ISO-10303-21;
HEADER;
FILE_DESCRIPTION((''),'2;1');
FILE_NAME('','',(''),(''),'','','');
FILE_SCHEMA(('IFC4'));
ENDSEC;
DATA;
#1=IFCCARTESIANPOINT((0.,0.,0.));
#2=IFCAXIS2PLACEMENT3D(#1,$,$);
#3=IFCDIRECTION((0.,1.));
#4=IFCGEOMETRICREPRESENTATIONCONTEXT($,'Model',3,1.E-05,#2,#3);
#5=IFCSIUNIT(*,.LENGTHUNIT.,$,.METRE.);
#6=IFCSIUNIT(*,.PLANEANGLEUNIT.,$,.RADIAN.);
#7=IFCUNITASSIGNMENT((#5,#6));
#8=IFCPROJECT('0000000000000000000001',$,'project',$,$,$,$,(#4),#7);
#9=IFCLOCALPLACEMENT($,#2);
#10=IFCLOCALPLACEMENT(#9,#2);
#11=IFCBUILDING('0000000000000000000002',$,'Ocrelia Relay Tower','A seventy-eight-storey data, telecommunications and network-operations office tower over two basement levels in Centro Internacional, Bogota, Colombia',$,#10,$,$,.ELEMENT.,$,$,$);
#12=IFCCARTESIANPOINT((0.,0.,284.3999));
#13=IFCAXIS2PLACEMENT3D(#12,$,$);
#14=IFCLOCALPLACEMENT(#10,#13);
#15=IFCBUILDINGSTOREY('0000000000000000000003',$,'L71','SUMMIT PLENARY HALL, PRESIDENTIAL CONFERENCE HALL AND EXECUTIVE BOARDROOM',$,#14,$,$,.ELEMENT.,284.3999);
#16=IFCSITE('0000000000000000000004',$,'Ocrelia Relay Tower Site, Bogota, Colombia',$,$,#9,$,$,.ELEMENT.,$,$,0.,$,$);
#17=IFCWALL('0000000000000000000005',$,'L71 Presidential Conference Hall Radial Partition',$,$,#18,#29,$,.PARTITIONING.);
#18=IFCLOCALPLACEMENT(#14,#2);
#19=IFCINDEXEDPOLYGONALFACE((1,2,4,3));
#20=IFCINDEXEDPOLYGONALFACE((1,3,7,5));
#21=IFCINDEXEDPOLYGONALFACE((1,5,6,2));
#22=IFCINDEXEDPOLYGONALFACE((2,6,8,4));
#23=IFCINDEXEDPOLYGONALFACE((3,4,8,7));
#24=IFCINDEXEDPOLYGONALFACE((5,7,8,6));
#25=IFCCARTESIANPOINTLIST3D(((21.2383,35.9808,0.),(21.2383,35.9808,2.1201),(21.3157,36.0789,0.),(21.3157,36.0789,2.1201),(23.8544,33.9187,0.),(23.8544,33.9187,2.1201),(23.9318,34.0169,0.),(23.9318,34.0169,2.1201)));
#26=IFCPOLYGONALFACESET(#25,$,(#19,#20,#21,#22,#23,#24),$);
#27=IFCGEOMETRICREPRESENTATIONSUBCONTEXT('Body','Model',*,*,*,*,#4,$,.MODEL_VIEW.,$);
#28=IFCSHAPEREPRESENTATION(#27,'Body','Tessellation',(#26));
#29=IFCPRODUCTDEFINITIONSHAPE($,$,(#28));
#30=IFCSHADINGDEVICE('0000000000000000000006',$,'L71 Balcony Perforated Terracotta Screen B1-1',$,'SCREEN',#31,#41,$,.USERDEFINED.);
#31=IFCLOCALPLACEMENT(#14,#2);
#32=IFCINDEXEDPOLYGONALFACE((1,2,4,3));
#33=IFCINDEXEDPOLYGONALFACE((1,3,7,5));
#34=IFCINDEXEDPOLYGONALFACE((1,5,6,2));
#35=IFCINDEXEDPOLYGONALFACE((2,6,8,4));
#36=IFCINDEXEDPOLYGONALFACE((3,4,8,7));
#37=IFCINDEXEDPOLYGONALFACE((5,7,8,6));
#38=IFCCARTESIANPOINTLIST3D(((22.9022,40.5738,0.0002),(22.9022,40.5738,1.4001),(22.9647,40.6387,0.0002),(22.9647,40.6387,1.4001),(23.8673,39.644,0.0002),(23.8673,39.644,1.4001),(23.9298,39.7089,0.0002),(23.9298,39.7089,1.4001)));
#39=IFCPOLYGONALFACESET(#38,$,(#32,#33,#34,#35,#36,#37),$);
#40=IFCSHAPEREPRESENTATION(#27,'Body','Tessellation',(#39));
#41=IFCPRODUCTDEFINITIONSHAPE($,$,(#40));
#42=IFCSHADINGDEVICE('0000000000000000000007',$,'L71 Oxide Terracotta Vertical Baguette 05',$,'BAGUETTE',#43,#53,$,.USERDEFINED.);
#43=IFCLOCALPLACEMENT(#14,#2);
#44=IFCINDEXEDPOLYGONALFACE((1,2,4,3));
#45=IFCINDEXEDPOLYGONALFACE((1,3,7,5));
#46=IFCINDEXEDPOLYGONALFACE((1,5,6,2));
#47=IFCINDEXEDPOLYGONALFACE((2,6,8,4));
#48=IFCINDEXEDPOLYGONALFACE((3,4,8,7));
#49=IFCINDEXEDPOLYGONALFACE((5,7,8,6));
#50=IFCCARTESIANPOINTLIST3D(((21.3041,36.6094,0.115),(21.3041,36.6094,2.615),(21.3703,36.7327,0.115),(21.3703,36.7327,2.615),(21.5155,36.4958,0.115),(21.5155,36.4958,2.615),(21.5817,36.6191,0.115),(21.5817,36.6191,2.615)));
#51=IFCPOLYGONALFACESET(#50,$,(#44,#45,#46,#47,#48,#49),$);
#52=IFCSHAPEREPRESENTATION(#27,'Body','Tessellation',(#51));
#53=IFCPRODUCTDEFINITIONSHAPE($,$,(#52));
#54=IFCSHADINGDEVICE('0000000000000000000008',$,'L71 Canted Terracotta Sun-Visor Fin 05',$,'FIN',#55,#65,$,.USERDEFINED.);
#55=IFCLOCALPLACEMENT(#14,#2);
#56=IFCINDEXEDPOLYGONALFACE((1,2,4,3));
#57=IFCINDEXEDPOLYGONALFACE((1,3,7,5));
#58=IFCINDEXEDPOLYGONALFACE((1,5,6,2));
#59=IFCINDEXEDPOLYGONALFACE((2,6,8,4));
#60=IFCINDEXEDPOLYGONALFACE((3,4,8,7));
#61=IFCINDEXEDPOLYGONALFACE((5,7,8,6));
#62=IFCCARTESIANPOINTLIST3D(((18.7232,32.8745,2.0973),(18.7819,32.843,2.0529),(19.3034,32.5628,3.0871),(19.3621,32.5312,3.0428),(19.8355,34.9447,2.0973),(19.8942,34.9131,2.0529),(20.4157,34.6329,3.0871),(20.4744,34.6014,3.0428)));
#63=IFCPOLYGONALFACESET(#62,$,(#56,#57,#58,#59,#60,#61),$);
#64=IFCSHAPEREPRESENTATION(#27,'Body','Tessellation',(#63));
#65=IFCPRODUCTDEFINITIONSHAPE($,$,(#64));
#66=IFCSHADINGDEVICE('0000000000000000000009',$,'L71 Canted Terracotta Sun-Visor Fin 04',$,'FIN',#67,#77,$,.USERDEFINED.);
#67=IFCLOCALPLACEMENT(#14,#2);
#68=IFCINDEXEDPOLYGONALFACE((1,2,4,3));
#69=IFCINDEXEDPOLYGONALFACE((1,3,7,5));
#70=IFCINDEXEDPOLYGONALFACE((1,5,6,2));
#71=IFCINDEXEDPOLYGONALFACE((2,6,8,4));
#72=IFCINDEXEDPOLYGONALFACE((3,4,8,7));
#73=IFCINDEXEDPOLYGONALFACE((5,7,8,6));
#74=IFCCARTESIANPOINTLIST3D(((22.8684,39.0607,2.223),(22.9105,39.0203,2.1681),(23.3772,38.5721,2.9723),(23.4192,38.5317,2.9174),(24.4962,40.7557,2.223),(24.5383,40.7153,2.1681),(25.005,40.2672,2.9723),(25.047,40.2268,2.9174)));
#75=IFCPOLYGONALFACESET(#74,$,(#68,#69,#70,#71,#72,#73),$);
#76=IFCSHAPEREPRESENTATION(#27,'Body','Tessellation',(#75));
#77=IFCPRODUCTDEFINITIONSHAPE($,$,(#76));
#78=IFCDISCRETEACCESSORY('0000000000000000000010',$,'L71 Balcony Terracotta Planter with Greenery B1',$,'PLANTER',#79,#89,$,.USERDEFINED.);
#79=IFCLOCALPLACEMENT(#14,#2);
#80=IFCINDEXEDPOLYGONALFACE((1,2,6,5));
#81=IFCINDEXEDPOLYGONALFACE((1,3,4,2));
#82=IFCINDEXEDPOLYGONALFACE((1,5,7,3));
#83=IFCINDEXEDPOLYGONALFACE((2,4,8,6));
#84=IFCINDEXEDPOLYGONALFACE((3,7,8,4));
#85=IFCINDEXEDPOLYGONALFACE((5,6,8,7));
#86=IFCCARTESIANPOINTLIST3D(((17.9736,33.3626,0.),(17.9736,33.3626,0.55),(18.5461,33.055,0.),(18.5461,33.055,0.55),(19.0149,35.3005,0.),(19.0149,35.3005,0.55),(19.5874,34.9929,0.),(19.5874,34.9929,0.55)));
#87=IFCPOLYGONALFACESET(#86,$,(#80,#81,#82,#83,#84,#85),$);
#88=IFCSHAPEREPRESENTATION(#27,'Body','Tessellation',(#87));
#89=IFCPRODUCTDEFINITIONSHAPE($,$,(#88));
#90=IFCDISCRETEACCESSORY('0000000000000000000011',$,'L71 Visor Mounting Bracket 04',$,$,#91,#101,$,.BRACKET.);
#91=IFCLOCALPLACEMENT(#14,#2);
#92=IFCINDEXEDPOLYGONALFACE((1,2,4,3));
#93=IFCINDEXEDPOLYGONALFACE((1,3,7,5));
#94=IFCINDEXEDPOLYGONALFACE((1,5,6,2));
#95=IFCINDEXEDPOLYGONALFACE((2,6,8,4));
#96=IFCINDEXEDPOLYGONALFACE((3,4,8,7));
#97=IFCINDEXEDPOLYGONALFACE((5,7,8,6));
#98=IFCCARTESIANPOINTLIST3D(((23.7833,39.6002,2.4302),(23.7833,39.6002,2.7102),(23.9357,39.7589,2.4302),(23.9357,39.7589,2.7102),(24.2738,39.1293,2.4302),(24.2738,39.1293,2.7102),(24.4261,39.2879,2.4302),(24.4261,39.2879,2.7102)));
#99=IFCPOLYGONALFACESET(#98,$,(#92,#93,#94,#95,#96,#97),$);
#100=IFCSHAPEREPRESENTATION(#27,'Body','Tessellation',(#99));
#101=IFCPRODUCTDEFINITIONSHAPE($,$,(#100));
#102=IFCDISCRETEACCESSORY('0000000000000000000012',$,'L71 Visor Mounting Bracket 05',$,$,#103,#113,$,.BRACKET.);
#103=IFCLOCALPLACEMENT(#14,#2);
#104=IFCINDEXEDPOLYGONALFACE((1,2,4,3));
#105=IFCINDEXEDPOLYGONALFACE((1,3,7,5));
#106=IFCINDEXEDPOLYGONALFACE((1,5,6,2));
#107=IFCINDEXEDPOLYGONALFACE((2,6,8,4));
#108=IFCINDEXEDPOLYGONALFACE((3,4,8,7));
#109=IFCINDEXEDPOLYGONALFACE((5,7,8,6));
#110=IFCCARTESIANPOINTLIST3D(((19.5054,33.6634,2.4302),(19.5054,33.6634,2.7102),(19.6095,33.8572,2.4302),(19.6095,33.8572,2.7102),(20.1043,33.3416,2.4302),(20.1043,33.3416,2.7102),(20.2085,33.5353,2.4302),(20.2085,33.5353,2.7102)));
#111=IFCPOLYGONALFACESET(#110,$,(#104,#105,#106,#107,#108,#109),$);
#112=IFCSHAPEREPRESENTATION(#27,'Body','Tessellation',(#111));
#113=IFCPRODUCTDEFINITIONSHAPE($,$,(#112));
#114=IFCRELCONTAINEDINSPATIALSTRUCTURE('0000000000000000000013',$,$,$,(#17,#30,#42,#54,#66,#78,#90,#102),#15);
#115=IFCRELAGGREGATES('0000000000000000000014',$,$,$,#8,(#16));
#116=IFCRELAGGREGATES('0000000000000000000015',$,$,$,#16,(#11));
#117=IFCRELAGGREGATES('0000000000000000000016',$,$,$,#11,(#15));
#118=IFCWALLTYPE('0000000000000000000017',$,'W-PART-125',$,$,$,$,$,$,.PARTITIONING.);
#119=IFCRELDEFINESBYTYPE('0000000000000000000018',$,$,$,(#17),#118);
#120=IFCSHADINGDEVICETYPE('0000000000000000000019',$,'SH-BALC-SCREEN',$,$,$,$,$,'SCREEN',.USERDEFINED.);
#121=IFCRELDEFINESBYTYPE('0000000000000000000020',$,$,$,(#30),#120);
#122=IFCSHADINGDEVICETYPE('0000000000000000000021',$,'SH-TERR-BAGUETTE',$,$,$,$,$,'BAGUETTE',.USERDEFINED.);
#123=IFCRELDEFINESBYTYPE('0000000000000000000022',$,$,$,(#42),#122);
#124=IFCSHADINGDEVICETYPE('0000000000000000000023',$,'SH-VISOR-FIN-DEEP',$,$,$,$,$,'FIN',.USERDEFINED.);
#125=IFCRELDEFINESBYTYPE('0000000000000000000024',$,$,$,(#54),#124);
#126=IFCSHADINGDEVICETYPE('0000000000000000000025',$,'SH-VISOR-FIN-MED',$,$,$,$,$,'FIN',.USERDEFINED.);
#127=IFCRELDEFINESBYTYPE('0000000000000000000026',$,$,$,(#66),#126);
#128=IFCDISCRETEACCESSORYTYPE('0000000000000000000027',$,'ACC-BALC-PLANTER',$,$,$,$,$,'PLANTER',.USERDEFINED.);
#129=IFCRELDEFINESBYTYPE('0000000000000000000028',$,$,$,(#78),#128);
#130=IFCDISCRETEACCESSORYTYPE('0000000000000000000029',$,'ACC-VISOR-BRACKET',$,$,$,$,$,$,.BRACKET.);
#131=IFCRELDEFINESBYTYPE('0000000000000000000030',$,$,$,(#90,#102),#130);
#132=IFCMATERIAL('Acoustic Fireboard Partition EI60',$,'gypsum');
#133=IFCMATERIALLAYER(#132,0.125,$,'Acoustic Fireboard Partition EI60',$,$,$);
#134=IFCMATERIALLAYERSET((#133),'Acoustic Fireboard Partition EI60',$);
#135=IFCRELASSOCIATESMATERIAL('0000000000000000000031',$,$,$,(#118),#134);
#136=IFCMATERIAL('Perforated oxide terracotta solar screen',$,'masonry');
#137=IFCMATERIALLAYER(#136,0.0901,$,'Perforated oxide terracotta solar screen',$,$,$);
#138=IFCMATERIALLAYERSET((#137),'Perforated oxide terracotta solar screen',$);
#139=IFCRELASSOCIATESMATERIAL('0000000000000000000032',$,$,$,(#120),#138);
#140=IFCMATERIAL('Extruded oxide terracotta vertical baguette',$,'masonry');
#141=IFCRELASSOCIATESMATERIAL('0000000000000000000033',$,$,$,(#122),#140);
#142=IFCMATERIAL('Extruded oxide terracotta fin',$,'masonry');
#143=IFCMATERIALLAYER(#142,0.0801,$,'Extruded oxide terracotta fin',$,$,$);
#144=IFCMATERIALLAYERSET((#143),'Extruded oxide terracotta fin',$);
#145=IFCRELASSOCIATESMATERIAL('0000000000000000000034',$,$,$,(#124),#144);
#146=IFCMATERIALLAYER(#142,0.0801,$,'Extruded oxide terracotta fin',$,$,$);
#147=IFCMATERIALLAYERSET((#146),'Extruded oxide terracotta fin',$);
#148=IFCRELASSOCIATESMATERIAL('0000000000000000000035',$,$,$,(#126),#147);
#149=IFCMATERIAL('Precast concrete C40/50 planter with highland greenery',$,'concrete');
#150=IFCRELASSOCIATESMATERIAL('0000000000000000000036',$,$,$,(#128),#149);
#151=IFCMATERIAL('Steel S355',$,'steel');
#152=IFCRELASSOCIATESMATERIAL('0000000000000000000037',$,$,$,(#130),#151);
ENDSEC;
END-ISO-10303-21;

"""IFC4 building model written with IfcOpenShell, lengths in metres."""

from ifc_helpers import new_model, si_unit, direction, frame, frame_2d, origin, origin_2d, place, context, subcontext, project, spatial, rectangle, extrude, material, layer, layer_set, type_object, element, save


model = new_model("IFC4")

# Units and contexts
model_context = context("Model", 3, precision=1e-05, world=origin(), true_north=direction((0.0, 1.0)))
body_context = subcontext(model_context, "Body", "Model", "MODEL_VIEW")
ifc_project = project(units=[si_unit("LENGTHUNIT", "METRE"), si_unit("PLANEANGLEUNIT", "RADIAN")], contexts=[model_context])

# Site, building, storey
site_placement = place(None, origin())
site = spatial("IfcSite", under=ifc_project, at=site_placement, Name="Ocrelia Relay Tower Site, Bogota, Colombia", CompositionType="ELEMENT", RefElevation=0.0)
building_placement = place(site_placement, origin())
building = spatial("IfcBuilding", under=site, at=building_placement, Name="Ocrelia Relay Tower", Description="A seventy-eight-storey data, telecommunications and network-operations office tower over two basement levels in Centro Internacional, Bogota, Colombia", CompositionType="ELEMENT")
storey_placement = place(building_placement, frame((0.0, 0.0, 284.3999)))
storey = spatial("IfcBuildingStorey", under=building, at=storey_placement, Name="L71", Description="SUMMIT PLENARY HALL, PRESIDENTIAL CONFERENCE HALL AND EXECUTIVE BOARDROOM", CompositionType="ELEMENT", Elevation=284.3999)

# Shared definitions
ifc_material_1 = material(Name="Steel S355", Category="steel")

# Wall
ifc_material_2 = material(Name="Acoustic Fireboard Partition EI60", Category="gypsum")
ifc_layer_1 = layer(ifc_material_2, 0.125, Name="Acoustic Fireboard Partition EI60")
ifc_layer_set_1 = layer_set([ifc_layer_1], Name="Acoustic Fireboard Partition EI60")
wall_type_1 = type_object("IfcWallType", Name="W-PART-125", PredefinedType="PARTITIONING", material=ifc_layer_set_1)
wall_1_placement = place(storey_placement, frame((23.8931, 33.9678, 0.0), z_axis=(0.0, 0.0, 1.0), x_axis=(-0.785353, 0.619048, 0.0)))
element("IfcWall", 1, at=wall_1_placement, inside=storey, type_object=wall_type_1, Name="L71 Presidential Conference Hall Radial Partition", PredefinedType="PARTITIONING", context=body_context, shape_type="SweptSolid", body=[
    extrude(rectangle(XDim=3.3311, YDim=0.125, at=frame_2d((1.6655, 0.0))), origin(), (0.0, 0.0, 1.0), 2.1201),
])

# Shading devices
ifc_material_3 = material(Name="Perforated oxide terracotta solar screen", Category="masonry")
ifc_layer_2 = layer(ifc_material_3, 0.0901, Name="Perforated oxide terracotta solar screen")
ifc_layer_set_2 = layer_set([ifc_layer_2], Name="Perforated oxide terracotta solar screen")
shading_device_type_1 = type_object("IfcShadingDeviceType", Name="SH-BALC-SCREEN", ElementType="SCREEN", PredefinedType="USERDEFINED", material=ifc_layer_set_2)
shading_device_1_placement = place(storey_placement, frame((23.416, 40.1414, 0.0002), z_axis=(0.0, 0.0, 1.0), x_axis=(-0.720153, 0.693815, 0.0)))
element("IfcShadingDevice", 2, at=shading_device_1_placement, inside=storey, type_object=shading_device_type_1, Name="L71 Balcony Perforated Terracotta Screen B1-1", ObjectType="SCREEN", PredefinedType="USERDEFINED", context=body_context, shape_type="SweptSolid", body=[
    extrude(rectangle(XDim=1.3401, YDim=0.0901, at=origin_2d()), origin(), (0.0, 0.0, 1.0), 1.3999),
])
ifc_material_4 = material(Name="Extruded oxide terracotta vertical baguette", Category="masonry")
shading_device_type_2 = type_object("IfcShadingDeviceType", Name="SH-TERR-BAGUETTE", ElementType="BAGUETTE", PredefinedType="USERDEFINED", material=ifc_material_4)
shading_device_2_placement = place(storey_placement, frame((21.4429, 36.6143, 0.115), z_axis=(0.0, 0.0, 1.0), x_axis=(-0.473319, -0.880891, 0.0)))
element("IfcShadingDevice", 3, at=shading_device_2_placement, inside=storey, type_object=shading_device_type_2, Name="L71 Oxide Terracotta Vertical Baguette 05", ObjectType="BAGUETTE", PredefinedType="USERDEFINED", context=body_context, shape_type="SweptSolid", body=[
    extrude(rectangle(XDim=0.1399, YDim=0.24, at=origin_2d()), origin(), (0.0, 0.0, 1.0), 2.5),
])
ifc_material_5 = material(Name="Extruded oxide terracotta fin", Category="masonry")
ifc_layer_3 = layer(ifc_material_5, 0.0801, Name="Extruded oxide terracotta fin")
ifc_layer_set_3 = layer_set([ifc_layer_3], Name="Extruded oxide terracotta fin")
shading_device_type_3 = type_object("IfcShadingDeviceType", Name="SH-VISOR-FIN-DEEP", ElementType="FIN", PredefinedType="USERDEFINED", material=ifc_layer_set_3)
shading_device_3_placement = place(storey_placement, frame((19.6282, 33.7222, 2.5479), z_axis=(-0.733373, 0.394054, 0.553973), x_axis=(-0.473319, -0.880891, 0.0)))
element("IfcShadingDevice", 4, at=shading_device_3_placement, inside=storey, type_object=shading_device_type_3, Name="L71 Canted Terracotta Sun-Visor Fin 05", ObjectType="FIN", PredefinedType="USERDEFINED", context=body_context, shape_type="SweptSolid", body=[
    extrude(rectangle(XDim=2.3501, YDim=1.189, at=origin_2d()), origin(), (0.0, 0.0, 1.0), 0.0801),
])
ifc_layer_4 = layer(ifc_material_5, 0.0801, Name="Extruded oxide terracotta fin")
ifc_layer_set_4 = layer_set([ifc_layer_4], Name="Extruded oxide terracotta fin")
shading_device_type_4 = type_object("IfcShadingDeviceType", Name="SH-VISOR-FIN-MED", ElementType="FIN", PredefinedType="USERDEFINED", material=ifc_layer_set_4)
shading_device_4_placement = place(storey_placement, frame((23.9788, 39.6235, 2.5427), z_axis=(-0.525174, 0.504349, 0.685437), x_axis=(-0.692662, -0.721262, 0.0)))
element("IfcShadingDevice", 5, at=shading_device_4_placement, inside=storey, type_object=shading_device_type_4, Name="L71 Canted Terracotta Sun-Visor Fin 04", ObjectType="FIN", PredefinedType="USERDEFINED", context=body_context, shape_type="SweptSolid", body=[
    extrude(rectangle(XDim=2.3501, YDim=1.0291, at=origin_2d()), origin(), (0.0, 0.0, 1.0), 0.0801),
])

# Discrete accessories
ifc_material_6 = material(Name="Precast concrete C40/50 planter with highland greenery", Category="concrete")
discrete_accessory_type_1 = type_object("IfcDiscreteAccessoryType", Name="ACC-BALC-PLANTER", ElementType="PLANTER", PredefinedType="USERDEFINED", material=ifc_material_6)
discrete_accessory_placement = place(storey_placement, frame((18.7805, 34.1777, 0.0), z_axis=(0.0, 0.0, 1.0), x_axis=(0.473319, 0.880891, 0.0)))
element("IfcDiscreteAccessory", 6, at=discrete_accessory_placement, inside=storey, type_object=discrete_accessory_type_1, Name="L71 Balcony Terracotta Planter with Greenery B1", ObjectType="PLANTER", PredefinedType="USERDEFINED", context=body_context, shape_type="SweptSolid", body=[
    extrude(rectangle(XDim=2.2, YDim=0.6499, at=origin_2d()), origin(), (0.0, 0.0, 1.0), 0.55),
])
discrete_accessory_type_2 = type_object("IfcDiscreteAccessoryType", Name="ACC-VISOR-BRACKET", PredefinedType="BRACKET", material=ifc_material_1)
for number, where, z_axis, x_axis, name in (
    (7, (24.1047, 39.4441, 2.4302), (0.0, 0.0, 1.0), (-0.692662, -0.721262, 0.0), "L71 Visor Mounting Bracket 04"),
    (8, (19.8569, 33.5994, 2.4302), (0.0, 0.0, 1.0), (-0.473319, -0.880891, 0.0), "L71 Visor Mounting Bracket 05"),
):
    element("IfcDiscreteAccessory", number, at=place(storey_placement, frame(where, z_axis=z_axis, x_axis=x_axis)), inside=storey, type_object=discrete_accessory_type_2, Name=name, PredefinedType="BRACKET", context=body_context, shape_type="SweptSolid", body=[
        extrude(rectangle(XDim=0.22, YDim=0.6799, at=origin_2d()), origin(), (0.0, 0.0, 1.0), 0.28),
    ])

save(model, "model.ifc")
